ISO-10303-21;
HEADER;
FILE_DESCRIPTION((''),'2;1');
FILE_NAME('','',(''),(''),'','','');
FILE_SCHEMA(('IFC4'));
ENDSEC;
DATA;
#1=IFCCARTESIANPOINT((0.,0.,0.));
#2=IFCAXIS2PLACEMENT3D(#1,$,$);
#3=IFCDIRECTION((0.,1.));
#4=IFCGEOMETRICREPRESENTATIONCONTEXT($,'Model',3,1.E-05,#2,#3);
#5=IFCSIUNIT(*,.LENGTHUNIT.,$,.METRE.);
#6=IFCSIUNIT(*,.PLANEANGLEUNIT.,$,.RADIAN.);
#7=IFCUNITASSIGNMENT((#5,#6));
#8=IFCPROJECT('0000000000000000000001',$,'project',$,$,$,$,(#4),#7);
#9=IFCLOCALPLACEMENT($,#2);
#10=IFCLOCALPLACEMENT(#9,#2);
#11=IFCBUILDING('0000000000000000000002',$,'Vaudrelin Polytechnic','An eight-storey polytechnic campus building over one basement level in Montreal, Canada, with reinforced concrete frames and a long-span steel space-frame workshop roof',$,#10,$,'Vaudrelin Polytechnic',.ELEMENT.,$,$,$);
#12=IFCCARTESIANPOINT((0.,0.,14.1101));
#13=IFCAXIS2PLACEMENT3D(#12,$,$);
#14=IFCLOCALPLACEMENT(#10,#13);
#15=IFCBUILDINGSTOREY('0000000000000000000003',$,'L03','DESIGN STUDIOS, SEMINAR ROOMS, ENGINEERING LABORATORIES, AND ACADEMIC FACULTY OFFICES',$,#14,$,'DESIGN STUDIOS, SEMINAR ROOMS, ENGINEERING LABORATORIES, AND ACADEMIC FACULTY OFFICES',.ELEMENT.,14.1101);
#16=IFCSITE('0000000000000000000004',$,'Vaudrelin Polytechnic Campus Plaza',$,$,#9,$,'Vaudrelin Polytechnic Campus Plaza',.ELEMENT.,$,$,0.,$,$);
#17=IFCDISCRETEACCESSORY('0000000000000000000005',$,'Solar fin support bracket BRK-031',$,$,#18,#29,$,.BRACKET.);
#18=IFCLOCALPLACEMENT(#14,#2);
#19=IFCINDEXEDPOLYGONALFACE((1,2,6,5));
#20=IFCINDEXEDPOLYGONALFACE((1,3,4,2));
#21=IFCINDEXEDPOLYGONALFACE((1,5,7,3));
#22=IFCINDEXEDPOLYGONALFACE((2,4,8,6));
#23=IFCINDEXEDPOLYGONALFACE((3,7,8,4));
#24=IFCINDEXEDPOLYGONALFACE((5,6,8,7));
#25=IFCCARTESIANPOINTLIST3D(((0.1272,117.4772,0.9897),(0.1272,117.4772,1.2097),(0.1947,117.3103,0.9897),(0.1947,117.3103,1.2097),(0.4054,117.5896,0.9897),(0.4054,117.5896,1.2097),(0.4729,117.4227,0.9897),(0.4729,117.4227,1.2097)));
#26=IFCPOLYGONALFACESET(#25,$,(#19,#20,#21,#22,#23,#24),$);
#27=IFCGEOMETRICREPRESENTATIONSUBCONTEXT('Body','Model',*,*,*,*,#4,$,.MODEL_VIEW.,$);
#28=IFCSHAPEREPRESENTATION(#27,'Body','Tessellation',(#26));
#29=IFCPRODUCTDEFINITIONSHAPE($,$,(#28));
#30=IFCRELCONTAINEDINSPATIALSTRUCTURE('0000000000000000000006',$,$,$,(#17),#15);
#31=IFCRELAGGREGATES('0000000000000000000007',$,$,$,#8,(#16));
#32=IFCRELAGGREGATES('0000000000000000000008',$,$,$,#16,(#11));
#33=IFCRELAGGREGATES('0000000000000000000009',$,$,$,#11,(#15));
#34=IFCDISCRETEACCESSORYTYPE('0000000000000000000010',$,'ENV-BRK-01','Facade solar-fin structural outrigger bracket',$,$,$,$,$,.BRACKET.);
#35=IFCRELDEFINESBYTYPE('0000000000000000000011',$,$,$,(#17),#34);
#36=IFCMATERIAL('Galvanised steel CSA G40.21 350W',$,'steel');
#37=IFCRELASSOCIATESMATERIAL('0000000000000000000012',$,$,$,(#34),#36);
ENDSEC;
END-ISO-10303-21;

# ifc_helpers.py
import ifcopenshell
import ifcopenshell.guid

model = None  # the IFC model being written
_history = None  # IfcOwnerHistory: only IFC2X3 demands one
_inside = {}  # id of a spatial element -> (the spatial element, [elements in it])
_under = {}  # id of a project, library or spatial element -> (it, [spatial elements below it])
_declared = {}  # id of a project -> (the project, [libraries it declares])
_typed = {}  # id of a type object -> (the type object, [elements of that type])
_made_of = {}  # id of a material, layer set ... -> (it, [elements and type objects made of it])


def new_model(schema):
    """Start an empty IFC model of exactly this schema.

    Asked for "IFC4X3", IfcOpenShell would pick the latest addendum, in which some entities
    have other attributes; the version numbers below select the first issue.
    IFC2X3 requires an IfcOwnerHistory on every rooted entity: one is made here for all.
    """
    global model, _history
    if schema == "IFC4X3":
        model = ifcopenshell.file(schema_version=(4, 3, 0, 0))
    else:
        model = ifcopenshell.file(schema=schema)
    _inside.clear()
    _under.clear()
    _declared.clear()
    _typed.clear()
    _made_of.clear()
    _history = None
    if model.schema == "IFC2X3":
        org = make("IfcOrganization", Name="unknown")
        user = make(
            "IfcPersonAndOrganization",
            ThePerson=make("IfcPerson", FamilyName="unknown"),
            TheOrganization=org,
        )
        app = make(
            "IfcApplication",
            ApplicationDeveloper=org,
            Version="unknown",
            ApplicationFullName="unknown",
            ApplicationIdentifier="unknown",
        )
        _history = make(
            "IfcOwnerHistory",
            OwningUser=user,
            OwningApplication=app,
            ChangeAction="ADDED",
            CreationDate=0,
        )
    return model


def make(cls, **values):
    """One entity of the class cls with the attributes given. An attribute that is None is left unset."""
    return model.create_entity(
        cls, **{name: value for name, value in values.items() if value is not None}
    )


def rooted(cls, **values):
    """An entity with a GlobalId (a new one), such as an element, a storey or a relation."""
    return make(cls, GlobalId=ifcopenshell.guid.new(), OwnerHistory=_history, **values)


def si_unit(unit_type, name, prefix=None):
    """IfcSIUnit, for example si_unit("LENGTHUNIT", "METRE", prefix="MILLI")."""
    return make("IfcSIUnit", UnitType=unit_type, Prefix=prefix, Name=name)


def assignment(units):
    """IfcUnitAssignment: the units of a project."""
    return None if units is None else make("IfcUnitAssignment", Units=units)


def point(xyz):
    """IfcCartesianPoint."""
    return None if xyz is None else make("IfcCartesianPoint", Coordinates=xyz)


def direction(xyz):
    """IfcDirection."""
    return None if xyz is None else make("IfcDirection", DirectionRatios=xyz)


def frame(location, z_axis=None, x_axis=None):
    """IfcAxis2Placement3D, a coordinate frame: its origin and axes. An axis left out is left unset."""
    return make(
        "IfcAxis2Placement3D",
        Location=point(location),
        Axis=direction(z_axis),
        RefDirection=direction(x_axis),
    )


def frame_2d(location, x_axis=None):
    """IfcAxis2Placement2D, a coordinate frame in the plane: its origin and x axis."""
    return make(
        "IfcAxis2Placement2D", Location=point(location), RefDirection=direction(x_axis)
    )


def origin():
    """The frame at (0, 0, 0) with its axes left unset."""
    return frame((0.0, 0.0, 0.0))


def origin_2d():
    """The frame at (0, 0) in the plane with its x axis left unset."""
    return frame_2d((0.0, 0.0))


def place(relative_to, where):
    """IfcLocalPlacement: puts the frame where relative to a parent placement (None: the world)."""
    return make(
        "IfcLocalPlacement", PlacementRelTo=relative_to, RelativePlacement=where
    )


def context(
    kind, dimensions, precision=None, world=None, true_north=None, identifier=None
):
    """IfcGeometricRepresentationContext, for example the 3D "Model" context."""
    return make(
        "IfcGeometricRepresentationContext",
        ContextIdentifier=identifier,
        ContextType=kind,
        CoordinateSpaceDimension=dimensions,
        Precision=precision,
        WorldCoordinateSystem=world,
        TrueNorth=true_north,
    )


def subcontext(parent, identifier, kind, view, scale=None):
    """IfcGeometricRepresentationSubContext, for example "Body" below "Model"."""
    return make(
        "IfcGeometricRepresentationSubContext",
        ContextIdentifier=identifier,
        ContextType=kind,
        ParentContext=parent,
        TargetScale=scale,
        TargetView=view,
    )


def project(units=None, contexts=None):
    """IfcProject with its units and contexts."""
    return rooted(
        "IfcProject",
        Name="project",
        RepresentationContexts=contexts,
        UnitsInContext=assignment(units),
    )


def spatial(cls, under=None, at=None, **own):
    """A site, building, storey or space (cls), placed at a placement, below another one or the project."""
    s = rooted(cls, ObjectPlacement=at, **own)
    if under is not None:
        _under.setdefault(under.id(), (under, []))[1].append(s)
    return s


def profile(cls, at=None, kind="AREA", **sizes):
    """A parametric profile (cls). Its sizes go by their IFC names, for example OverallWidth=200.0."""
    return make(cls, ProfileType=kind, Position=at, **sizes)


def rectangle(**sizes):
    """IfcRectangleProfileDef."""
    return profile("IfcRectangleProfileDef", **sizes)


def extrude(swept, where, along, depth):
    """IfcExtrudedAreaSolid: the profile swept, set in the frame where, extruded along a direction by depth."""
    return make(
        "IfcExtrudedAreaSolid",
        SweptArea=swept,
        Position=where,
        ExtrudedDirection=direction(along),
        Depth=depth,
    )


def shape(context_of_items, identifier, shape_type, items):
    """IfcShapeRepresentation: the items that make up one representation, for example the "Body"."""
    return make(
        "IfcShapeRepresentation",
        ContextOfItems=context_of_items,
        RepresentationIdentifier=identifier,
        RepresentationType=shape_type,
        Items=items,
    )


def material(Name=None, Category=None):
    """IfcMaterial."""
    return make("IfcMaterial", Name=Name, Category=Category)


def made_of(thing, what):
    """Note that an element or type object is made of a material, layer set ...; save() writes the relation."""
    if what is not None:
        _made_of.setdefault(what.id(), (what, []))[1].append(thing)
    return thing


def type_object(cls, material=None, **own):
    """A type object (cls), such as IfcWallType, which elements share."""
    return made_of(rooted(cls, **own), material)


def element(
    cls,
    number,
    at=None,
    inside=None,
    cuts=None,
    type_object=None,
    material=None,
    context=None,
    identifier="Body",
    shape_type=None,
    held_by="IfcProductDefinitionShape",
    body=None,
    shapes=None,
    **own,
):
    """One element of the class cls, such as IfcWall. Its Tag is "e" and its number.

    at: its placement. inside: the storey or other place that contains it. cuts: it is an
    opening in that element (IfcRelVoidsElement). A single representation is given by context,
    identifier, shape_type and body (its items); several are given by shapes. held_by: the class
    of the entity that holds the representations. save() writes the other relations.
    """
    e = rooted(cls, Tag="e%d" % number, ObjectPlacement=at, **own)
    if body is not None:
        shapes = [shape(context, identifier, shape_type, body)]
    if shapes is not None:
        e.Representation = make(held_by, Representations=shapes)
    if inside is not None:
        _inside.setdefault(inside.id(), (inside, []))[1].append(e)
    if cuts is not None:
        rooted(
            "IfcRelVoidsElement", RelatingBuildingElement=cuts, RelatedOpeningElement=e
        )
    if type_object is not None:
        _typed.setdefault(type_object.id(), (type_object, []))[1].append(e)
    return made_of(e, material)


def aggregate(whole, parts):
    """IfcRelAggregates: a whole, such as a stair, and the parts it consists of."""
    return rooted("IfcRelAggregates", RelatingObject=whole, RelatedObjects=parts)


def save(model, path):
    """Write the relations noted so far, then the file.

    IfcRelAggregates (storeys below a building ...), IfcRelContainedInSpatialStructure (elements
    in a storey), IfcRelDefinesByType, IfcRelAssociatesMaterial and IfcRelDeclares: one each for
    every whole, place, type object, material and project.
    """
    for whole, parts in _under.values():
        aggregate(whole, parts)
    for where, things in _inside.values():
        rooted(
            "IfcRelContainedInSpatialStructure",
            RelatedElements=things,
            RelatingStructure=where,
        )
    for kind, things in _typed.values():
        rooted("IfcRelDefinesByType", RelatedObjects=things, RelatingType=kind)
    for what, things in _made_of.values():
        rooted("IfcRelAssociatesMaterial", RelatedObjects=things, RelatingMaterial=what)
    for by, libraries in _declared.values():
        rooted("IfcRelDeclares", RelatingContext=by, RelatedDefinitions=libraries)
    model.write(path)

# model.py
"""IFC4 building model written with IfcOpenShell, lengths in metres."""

from ifc_helpers import new_model, si_unit, direction, frame, origin, origin_2d, place, context, subcontext, project, spatial, rectangle, extrude, material, type_object, element, save


model = new_model("IFC4")

# Units and contexts
model_context = context("Model", 3, precision=1e-05, world=origin(), true_north=direction((0.0, 1.0)))
body_context = subcontext(model_context, "Body", "Model", "MODEL_VIEW")
ifc_project = project(units=[si_unit("LENGTHUNIT", "METRE"), si_unit("PLANEANGLEUNIT", "RADIAN")], contexts=[model_context])

# Site, building, storey
site_placement = place(None, origin())
site = spatial("IfcSite", under=ifc_project, at=site_placement, Name="Vaudrelin Polytechnic Campus Plaza", LongName="Vaudrelin Polytechnic Campus Plaza", CompositionType="ELEMENT", RefElevation=0.0)
building_placement = place(site_placement, origin())
building = spatial("IfcBuilding", under=site, at=building_placement, Name="Vaudrelin Polytechnic", Description="An eight-storey polytechnic campus building over one basement level in Montreal, Canada, with reinforced concrete frames and a long-span steel space-frame workshop roof", LongName="Vaudrelin Polytechnic", CompositionType="ELEMENT")
storey_placement = place(building_placement, frame((0.0, 0.0, 14.1101)))
storey = spatial("IfcBuildingStorey", under=building, at=storey_placement, Name="L03", Description="DESIGN STUDIOS, SEMINAR ROOMS, ENGINEERING LABORATORIES, AND ACADEMIC FACULTY OFFICES", LongName="DESIGN STUDIOS, SEMINAR ROOMS, ENGINEERING LABORATORIES, AND ACADEMIC FACULTY OFFICES", CompositionType="ELEMENT", Elevation=14.1101)

# Discrete accessory
ifc_material_1 = material(Name="Galvanised steel CSA G40.21 350W", Category="steel")
discrete_accessory_type = type_object("IfcDiscreteAccessoryType", Name="ENV-BRK-01", Description="Facade solar-fin structural outrigger bracket", PredefinedType="BRACKET", material=ifc_material_1)
discrete_accessory_placement = place(storey_placement, frame((0.3, 117.45, 0.9897), z_axis=(0.0, 0.0, 1.0), x_axis=(0.927184, 0.374607, 0.0)))
element("IfcDiscreteAccessory", 1, at=discrete_accessory_placement, inside=storey, type_object=discrete_accessory_type, Name="Solar fin support bracket BRK-031", PredefinedType="BRACKET", context=body_context, shape_type="SweptSolid", body=[
    extrude(rectangle(XDim=0.3, YDim=0.1799, at=origin_2d()), origin(), (0.0, 0.0, 1.0), 0.22),
])

save(model, "model.ifc")
